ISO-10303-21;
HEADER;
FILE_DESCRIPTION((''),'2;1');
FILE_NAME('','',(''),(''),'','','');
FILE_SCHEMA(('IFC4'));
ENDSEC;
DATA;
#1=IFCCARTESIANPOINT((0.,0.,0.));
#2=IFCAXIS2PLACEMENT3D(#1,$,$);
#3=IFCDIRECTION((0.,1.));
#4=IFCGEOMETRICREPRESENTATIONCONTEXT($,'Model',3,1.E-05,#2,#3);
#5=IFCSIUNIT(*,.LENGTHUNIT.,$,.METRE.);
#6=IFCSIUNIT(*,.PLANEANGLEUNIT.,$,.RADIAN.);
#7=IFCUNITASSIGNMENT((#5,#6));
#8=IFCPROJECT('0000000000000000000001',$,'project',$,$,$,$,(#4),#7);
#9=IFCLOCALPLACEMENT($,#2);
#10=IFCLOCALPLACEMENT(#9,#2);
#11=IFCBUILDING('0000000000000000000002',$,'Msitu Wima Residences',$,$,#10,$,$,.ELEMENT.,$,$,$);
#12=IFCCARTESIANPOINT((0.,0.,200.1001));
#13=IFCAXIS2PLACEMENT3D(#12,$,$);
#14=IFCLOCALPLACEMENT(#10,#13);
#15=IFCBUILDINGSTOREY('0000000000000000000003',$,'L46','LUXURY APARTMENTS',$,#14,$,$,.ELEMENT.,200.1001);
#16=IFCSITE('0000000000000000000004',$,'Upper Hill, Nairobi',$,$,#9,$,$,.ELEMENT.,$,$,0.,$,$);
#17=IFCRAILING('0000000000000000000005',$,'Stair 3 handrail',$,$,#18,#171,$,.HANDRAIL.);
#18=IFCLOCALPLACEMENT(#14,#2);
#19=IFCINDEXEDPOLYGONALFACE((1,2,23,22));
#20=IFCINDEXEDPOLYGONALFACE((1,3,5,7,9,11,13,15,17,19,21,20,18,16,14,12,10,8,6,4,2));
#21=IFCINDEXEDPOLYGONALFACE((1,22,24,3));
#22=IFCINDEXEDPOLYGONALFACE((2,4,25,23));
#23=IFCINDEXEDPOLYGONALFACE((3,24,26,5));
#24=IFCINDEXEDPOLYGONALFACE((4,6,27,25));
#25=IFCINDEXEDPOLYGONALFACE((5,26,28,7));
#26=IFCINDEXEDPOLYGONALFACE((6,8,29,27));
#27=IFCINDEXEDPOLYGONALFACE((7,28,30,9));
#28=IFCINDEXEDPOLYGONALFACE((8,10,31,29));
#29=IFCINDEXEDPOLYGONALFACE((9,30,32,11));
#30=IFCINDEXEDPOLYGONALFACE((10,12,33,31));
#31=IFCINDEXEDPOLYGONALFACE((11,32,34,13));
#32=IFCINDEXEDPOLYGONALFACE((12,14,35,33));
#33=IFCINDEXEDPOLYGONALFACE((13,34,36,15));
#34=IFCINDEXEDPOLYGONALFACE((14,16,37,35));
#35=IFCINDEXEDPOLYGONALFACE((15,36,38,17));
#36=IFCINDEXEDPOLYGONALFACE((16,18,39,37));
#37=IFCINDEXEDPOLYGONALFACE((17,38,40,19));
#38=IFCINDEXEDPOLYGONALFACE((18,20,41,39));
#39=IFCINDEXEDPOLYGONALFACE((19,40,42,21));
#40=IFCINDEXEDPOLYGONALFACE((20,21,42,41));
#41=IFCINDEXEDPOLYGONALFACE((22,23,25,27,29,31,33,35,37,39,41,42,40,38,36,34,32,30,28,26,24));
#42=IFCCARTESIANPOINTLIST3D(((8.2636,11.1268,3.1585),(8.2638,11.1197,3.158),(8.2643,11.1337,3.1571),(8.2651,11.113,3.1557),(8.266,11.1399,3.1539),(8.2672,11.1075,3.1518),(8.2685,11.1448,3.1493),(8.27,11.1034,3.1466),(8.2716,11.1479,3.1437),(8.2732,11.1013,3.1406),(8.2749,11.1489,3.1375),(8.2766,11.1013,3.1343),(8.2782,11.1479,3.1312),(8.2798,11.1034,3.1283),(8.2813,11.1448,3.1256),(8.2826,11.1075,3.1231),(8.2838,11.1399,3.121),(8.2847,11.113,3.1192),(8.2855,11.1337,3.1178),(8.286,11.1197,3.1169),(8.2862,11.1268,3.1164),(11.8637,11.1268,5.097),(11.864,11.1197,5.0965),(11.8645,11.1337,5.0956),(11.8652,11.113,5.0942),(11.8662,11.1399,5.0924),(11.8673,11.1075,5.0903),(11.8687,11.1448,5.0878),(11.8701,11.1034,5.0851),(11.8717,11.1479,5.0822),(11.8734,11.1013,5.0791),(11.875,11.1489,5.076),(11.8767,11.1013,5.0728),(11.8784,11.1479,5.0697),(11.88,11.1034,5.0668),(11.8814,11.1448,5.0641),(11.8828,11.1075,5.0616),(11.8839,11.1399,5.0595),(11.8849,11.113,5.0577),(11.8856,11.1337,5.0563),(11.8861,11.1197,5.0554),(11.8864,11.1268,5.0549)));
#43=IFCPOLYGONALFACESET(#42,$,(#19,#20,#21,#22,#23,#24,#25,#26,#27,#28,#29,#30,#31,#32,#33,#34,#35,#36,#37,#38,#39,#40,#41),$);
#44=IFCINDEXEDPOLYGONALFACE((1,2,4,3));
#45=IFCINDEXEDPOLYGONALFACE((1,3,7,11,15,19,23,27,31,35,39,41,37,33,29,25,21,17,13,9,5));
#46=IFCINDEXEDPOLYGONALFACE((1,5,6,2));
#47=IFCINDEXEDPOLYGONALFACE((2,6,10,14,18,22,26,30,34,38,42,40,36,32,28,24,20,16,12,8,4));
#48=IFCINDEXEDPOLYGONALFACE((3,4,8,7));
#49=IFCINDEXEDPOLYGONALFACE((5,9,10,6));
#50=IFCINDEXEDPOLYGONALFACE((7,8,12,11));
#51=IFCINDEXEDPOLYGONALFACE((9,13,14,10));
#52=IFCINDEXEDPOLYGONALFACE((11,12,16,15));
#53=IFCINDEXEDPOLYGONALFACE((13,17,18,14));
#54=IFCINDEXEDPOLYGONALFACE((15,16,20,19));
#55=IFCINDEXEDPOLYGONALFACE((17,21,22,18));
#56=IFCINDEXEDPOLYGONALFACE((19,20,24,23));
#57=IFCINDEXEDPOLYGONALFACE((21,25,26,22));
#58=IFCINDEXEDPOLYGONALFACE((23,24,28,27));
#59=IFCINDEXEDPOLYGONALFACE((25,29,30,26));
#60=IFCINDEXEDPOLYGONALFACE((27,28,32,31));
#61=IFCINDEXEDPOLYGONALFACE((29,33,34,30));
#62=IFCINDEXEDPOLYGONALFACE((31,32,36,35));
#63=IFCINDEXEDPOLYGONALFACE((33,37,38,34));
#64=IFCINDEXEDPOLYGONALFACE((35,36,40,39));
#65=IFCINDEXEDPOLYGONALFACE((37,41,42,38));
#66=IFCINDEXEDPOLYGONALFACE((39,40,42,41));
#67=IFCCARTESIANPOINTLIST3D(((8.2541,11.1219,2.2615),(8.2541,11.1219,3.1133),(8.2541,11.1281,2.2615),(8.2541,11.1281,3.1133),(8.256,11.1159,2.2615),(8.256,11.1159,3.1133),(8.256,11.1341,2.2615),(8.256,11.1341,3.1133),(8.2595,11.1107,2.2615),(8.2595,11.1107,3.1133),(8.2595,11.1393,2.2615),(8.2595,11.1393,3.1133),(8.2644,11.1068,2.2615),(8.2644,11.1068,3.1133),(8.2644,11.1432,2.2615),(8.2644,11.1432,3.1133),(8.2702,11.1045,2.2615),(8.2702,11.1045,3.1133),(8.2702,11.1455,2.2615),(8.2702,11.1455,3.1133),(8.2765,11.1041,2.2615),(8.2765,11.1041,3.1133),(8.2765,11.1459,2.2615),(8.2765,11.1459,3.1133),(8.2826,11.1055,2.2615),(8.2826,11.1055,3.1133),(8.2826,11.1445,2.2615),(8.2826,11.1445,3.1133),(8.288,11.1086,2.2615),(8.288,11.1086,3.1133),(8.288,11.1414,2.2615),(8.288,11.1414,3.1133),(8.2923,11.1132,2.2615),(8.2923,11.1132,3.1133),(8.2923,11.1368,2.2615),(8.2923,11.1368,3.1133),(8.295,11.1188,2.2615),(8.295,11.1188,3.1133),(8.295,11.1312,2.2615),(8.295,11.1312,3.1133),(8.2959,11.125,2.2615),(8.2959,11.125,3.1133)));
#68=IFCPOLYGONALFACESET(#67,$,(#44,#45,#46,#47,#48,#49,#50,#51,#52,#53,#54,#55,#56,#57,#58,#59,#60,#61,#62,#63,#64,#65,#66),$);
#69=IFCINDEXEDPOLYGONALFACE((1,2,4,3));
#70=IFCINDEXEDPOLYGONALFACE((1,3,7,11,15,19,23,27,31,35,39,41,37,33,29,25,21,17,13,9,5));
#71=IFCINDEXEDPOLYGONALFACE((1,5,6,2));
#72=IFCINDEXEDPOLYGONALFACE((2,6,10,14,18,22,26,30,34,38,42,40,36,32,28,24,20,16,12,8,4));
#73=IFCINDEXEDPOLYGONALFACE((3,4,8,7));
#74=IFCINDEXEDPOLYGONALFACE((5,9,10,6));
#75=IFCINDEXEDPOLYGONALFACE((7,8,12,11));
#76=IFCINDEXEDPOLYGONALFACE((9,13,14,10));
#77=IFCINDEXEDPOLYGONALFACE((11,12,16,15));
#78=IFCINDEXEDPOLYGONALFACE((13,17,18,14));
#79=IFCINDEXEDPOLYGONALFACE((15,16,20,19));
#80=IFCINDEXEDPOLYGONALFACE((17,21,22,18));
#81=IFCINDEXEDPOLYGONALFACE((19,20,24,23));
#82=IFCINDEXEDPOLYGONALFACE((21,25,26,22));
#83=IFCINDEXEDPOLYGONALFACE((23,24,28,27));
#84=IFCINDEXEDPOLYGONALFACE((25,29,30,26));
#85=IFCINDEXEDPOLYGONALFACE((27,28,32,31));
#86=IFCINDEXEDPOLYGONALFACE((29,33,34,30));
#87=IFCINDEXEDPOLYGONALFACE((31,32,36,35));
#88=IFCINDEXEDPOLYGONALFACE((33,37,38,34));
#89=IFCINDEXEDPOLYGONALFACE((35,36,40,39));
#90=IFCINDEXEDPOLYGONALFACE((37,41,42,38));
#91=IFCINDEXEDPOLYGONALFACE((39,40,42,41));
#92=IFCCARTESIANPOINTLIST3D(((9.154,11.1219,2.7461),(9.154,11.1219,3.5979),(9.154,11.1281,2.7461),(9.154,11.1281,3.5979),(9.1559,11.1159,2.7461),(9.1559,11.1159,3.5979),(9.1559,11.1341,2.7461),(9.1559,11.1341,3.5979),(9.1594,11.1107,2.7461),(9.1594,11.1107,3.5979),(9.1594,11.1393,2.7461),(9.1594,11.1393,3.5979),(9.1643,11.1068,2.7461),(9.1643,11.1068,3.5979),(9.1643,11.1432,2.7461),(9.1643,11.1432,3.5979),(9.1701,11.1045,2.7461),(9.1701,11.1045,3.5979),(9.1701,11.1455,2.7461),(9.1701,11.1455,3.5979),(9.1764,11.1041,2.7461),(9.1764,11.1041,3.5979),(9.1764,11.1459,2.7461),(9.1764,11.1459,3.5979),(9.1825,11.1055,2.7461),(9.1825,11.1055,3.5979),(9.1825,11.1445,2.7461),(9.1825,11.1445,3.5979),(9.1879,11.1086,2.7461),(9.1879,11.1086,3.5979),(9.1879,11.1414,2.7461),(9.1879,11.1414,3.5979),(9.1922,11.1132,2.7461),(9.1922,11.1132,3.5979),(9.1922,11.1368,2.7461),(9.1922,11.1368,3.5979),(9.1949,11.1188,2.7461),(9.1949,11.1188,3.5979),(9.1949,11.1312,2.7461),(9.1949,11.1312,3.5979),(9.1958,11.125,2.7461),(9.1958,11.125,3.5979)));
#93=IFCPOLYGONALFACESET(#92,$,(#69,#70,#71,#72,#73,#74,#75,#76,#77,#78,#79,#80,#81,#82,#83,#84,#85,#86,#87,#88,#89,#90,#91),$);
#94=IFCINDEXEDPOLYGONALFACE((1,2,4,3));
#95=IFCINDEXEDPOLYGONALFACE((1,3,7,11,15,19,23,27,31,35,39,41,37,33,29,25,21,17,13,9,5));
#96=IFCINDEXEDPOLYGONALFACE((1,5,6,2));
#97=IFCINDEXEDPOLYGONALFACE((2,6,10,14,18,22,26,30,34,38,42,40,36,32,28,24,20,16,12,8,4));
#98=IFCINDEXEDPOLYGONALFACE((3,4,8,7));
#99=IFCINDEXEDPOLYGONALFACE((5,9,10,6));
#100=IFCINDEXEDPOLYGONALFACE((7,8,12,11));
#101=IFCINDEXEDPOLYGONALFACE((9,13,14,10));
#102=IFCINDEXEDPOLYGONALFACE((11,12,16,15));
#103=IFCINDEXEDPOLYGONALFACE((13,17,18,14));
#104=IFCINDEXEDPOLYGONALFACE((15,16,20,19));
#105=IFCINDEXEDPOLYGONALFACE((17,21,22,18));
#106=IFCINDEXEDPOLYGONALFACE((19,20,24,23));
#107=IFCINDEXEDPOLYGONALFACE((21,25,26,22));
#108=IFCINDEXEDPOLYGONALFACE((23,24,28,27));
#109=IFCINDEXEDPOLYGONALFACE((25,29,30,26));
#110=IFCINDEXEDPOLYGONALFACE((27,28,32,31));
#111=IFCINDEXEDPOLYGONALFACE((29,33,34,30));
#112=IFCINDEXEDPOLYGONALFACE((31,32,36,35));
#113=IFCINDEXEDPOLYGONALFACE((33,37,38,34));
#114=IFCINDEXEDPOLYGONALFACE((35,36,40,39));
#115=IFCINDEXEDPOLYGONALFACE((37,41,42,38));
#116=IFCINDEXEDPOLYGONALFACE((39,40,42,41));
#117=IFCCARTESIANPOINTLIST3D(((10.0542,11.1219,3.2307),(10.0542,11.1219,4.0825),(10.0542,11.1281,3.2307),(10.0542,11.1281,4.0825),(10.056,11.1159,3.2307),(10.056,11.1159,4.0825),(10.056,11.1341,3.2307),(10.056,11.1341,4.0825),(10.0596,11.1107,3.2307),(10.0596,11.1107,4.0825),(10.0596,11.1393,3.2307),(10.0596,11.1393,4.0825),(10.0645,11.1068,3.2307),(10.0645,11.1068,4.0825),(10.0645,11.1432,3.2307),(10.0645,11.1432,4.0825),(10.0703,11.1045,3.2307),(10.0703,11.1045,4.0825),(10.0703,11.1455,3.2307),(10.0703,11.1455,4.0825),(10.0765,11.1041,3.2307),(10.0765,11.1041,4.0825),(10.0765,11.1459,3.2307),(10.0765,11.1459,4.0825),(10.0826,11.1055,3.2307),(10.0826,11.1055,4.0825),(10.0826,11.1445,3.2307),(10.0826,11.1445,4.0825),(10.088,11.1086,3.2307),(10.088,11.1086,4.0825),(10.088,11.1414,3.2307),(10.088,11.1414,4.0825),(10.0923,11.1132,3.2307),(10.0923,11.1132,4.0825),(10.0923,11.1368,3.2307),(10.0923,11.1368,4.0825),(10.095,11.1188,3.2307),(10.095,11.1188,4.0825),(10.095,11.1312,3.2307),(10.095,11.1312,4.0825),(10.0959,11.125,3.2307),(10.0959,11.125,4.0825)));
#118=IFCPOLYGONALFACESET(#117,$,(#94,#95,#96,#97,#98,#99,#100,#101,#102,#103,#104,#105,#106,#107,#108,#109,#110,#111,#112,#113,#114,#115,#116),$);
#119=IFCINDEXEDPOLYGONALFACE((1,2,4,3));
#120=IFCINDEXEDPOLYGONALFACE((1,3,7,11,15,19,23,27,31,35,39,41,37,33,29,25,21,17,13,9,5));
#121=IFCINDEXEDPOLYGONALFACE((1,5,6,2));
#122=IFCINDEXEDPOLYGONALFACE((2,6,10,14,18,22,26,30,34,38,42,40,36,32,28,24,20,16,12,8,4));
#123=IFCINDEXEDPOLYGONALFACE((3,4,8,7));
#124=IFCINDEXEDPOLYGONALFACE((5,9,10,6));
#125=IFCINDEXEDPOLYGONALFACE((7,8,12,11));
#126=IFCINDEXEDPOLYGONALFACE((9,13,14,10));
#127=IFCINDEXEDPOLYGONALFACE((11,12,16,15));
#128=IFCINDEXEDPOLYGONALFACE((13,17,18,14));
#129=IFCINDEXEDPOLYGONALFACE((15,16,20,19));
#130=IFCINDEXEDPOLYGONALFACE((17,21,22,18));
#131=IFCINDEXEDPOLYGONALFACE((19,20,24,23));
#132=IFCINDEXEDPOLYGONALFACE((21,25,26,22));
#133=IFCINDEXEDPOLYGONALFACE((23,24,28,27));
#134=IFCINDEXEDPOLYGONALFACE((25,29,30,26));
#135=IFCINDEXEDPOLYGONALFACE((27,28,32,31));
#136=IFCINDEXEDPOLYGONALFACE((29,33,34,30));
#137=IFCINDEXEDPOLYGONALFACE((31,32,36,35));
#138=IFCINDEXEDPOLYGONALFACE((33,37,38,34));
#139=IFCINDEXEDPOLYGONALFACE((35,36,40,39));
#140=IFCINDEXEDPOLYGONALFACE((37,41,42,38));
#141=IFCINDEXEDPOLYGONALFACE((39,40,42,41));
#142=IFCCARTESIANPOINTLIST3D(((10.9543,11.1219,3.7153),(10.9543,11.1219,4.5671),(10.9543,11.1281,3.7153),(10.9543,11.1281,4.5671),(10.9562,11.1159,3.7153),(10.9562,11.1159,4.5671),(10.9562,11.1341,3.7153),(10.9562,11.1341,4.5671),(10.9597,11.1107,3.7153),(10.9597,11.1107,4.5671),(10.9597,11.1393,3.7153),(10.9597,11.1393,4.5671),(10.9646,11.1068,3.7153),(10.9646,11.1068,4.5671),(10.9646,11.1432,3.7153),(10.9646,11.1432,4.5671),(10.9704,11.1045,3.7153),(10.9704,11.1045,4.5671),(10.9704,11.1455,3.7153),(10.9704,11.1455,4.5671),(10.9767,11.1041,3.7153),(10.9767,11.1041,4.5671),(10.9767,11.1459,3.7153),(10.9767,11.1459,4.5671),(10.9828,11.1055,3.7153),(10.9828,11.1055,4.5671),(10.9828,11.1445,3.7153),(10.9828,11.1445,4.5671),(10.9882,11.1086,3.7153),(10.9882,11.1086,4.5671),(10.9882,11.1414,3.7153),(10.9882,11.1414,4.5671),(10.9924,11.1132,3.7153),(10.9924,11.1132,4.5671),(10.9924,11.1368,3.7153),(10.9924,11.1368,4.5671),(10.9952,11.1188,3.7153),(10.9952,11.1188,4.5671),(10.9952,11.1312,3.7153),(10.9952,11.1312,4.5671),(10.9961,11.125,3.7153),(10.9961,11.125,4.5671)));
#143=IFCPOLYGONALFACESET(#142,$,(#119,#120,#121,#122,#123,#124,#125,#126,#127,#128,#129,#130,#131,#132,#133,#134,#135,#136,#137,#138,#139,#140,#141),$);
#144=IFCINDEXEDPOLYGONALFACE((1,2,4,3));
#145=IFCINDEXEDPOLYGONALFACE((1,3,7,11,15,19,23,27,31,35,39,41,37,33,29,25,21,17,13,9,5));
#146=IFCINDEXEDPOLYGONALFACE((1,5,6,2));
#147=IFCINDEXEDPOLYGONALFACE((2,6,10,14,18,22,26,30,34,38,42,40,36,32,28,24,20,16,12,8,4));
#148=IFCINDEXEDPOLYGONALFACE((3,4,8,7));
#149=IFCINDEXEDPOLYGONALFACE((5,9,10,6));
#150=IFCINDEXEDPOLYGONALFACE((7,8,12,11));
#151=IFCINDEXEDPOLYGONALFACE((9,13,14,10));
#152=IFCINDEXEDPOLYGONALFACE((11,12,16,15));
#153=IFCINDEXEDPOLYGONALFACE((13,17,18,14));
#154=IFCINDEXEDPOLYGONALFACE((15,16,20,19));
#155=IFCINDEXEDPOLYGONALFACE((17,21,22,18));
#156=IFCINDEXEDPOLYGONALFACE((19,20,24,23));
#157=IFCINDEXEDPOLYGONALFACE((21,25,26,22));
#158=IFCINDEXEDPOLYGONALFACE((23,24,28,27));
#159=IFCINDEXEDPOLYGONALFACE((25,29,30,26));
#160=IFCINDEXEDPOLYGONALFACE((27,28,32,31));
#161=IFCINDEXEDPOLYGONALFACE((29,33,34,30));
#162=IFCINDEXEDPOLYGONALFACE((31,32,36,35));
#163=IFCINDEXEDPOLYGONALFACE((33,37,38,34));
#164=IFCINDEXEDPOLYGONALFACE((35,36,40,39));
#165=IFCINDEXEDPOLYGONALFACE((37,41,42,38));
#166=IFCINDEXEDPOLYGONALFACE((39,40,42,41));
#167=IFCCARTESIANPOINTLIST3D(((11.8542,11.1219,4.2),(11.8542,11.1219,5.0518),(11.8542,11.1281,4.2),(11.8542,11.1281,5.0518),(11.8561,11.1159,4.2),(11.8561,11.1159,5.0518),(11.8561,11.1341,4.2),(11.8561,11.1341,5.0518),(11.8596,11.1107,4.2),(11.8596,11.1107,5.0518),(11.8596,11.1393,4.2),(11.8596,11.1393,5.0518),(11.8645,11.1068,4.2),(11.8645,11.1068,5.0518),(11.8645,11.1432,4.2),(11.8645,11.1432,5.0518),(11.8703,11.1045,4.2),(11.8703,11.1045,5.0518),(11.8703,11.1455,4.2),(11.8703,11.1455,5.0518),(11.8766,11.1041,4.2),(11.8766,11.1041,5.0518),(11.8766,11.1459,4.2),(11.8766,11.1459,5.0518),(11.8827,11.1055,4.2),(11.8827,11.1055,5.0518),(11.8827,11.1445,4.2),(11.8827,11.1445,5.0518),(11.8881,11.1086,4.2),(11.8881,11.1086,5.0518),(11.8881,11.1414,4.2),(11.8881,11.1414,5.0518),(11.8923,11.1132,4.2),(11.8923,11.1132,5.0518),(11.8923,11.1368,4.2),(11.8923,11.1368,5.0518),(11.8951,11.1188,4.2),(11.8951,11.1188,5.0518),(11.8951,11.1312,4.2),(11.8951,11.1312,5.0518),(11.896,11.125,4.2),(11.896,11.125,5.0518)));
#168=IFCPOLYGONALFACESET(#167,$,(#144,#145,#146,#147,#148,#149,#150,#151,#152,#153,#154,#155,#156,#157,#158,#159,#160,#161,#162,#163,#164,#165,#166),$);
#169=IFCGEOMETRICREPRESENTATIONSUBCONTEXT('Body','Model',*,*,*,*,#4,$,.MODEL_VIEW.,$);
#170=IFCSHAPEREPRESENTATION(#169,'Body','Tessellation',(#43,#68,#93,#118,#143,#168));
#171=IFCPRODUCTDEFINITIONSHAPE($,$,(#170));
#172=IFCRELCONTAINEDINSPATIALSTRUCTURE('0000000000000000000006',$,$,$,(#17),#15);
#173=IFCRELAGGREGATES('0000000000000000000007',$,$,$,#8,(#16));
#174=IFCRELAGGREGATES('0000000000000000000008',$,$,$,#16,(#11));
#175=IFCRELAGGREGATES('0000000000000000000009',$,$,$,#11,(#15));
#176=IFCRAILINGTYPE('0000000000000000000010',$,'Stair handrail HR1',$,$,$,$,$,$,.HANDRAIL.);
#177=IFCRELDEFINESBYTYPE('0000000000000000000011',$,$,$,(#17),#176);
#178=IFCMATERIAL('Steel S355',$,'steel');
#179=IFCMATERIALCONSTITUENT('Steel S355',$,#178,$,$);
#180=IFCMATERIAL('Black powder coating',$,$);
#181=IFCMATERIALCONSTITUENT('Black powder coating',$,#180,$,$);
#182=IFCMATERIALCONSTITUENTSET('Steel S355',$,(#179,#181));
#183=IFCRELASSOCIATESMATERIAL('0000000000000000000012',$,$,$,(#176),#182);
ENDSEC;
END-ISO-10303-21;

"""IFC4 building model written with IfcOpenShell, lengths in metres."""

from ifc_helpers import new_model, si_unit, direction, frame, origin, origin_2d, place, context, subcontext, project, spatial, circle, extrude, material, constituent, constituent_set, type_object, element, save


model = new_model("IFC4")

# Units and contexts
model_context = context("Model", 3, precision=1e-05, world=origin(), true_north=direction((0.0, 1.0)))
body_context = subcontext(model_context, "Body", "Model", "MODEL_VIEW")
ifc_project = project(units=[si_unit("LENGTHUNIT", "METRE"), si_unit("PLANEANGLEUNIT", "RADIAN")], contexts=[model_context])

# Site, building, storey
site_placement = place(None, origin())
site = spatial("IfcSite", under=ifc_project, at=site_placement, Name="Upper Hill, Nairobi", CompositionType="ELEMENT", RefElevation=0.0)
building_placement = place(site_placement, origin())
building = spatial("IfcBuilding", under=site, at=building_placement, Name="Msitu Wima Residences", CompositionType="ELEMENT")
storey_placement = place(building_placement, frame((0.0, 0.0, 200.1001)))
storey = spatial("IfcBuildingStorey", under=building, at=storey_placement, Name="L46", Description="LUXURY APARTMENTS", CompositionType="ELEMENT", Elevation=200.1001)

# Railing
ifc_material_1 = material(Name="Steel S355", Category="steel")
ifc_constituent_1 = constituent(ifc_material_1, Name="Steel S355")
ifc_material_2 = material(Name="Black powder coating")
ifc_constituent_2 = constituent(ifc_material_2, Name="Black powder coating")
ifc_constituent_set = constituent_set(constituents=[ifc_constituent_1, ifc_constituent_2], Name="Steel S355")
railing_type = type_object("IfcRailingType", Name="Stair handrail HR1", PredefinedType="HANDRAIL", material=ifc_constituent_set)
for number, where, name in (
    (1, (8.2749, 11.125, 2.2615), "Stair 3 handrail"),
):
    element("IfcRailing", number, at=place(storey_placement, frame(where)), inside=storey, type_object=railing_type, Name=name, PredefinedType="HANDRAIL", context=body_context, shape_type="SweptSolid", body=[
        extrude(circle(Radius=0.0239, at=origin_2d()), frame((0.0, 0.0, 0.876), z_axis=(0.880475, 0.0, 0.474093), x_axis=(0.0, 1.0, 0.0)), (0.0, 0.0, 1.0), 4.0889),
        extrude(circle(Radius=0.021, at=origin_2d()), origin(), (0.0, 0.0, 1.0), 0.8518),
        extrude(circle(Radius=0.021, at=origin_2d()), frame((0.8999, 0.0, 0.4846)), (0.0, 0.0, 1.0), 0.8518),
        extrude(circle(Radius=0.021, at=origin_2d()), frame((1.8, 0.0, 0.9692)), (0.0, 0.0, 1.0), 0.8518),
        extrude(circle(Radius=0.021, at=origin_2d()), frame((2.7002, 0.0, 1.4539)), (0.0, 0.0, 1.0), 0.8518),
        extrude(circle(Radius=0.021, at=origin_2d()), frame((3.6001, 0.0, 1.9385)), (0.0, 0.0, 1.0), 0.8518),
    ])

save(model, "model.ifc")
